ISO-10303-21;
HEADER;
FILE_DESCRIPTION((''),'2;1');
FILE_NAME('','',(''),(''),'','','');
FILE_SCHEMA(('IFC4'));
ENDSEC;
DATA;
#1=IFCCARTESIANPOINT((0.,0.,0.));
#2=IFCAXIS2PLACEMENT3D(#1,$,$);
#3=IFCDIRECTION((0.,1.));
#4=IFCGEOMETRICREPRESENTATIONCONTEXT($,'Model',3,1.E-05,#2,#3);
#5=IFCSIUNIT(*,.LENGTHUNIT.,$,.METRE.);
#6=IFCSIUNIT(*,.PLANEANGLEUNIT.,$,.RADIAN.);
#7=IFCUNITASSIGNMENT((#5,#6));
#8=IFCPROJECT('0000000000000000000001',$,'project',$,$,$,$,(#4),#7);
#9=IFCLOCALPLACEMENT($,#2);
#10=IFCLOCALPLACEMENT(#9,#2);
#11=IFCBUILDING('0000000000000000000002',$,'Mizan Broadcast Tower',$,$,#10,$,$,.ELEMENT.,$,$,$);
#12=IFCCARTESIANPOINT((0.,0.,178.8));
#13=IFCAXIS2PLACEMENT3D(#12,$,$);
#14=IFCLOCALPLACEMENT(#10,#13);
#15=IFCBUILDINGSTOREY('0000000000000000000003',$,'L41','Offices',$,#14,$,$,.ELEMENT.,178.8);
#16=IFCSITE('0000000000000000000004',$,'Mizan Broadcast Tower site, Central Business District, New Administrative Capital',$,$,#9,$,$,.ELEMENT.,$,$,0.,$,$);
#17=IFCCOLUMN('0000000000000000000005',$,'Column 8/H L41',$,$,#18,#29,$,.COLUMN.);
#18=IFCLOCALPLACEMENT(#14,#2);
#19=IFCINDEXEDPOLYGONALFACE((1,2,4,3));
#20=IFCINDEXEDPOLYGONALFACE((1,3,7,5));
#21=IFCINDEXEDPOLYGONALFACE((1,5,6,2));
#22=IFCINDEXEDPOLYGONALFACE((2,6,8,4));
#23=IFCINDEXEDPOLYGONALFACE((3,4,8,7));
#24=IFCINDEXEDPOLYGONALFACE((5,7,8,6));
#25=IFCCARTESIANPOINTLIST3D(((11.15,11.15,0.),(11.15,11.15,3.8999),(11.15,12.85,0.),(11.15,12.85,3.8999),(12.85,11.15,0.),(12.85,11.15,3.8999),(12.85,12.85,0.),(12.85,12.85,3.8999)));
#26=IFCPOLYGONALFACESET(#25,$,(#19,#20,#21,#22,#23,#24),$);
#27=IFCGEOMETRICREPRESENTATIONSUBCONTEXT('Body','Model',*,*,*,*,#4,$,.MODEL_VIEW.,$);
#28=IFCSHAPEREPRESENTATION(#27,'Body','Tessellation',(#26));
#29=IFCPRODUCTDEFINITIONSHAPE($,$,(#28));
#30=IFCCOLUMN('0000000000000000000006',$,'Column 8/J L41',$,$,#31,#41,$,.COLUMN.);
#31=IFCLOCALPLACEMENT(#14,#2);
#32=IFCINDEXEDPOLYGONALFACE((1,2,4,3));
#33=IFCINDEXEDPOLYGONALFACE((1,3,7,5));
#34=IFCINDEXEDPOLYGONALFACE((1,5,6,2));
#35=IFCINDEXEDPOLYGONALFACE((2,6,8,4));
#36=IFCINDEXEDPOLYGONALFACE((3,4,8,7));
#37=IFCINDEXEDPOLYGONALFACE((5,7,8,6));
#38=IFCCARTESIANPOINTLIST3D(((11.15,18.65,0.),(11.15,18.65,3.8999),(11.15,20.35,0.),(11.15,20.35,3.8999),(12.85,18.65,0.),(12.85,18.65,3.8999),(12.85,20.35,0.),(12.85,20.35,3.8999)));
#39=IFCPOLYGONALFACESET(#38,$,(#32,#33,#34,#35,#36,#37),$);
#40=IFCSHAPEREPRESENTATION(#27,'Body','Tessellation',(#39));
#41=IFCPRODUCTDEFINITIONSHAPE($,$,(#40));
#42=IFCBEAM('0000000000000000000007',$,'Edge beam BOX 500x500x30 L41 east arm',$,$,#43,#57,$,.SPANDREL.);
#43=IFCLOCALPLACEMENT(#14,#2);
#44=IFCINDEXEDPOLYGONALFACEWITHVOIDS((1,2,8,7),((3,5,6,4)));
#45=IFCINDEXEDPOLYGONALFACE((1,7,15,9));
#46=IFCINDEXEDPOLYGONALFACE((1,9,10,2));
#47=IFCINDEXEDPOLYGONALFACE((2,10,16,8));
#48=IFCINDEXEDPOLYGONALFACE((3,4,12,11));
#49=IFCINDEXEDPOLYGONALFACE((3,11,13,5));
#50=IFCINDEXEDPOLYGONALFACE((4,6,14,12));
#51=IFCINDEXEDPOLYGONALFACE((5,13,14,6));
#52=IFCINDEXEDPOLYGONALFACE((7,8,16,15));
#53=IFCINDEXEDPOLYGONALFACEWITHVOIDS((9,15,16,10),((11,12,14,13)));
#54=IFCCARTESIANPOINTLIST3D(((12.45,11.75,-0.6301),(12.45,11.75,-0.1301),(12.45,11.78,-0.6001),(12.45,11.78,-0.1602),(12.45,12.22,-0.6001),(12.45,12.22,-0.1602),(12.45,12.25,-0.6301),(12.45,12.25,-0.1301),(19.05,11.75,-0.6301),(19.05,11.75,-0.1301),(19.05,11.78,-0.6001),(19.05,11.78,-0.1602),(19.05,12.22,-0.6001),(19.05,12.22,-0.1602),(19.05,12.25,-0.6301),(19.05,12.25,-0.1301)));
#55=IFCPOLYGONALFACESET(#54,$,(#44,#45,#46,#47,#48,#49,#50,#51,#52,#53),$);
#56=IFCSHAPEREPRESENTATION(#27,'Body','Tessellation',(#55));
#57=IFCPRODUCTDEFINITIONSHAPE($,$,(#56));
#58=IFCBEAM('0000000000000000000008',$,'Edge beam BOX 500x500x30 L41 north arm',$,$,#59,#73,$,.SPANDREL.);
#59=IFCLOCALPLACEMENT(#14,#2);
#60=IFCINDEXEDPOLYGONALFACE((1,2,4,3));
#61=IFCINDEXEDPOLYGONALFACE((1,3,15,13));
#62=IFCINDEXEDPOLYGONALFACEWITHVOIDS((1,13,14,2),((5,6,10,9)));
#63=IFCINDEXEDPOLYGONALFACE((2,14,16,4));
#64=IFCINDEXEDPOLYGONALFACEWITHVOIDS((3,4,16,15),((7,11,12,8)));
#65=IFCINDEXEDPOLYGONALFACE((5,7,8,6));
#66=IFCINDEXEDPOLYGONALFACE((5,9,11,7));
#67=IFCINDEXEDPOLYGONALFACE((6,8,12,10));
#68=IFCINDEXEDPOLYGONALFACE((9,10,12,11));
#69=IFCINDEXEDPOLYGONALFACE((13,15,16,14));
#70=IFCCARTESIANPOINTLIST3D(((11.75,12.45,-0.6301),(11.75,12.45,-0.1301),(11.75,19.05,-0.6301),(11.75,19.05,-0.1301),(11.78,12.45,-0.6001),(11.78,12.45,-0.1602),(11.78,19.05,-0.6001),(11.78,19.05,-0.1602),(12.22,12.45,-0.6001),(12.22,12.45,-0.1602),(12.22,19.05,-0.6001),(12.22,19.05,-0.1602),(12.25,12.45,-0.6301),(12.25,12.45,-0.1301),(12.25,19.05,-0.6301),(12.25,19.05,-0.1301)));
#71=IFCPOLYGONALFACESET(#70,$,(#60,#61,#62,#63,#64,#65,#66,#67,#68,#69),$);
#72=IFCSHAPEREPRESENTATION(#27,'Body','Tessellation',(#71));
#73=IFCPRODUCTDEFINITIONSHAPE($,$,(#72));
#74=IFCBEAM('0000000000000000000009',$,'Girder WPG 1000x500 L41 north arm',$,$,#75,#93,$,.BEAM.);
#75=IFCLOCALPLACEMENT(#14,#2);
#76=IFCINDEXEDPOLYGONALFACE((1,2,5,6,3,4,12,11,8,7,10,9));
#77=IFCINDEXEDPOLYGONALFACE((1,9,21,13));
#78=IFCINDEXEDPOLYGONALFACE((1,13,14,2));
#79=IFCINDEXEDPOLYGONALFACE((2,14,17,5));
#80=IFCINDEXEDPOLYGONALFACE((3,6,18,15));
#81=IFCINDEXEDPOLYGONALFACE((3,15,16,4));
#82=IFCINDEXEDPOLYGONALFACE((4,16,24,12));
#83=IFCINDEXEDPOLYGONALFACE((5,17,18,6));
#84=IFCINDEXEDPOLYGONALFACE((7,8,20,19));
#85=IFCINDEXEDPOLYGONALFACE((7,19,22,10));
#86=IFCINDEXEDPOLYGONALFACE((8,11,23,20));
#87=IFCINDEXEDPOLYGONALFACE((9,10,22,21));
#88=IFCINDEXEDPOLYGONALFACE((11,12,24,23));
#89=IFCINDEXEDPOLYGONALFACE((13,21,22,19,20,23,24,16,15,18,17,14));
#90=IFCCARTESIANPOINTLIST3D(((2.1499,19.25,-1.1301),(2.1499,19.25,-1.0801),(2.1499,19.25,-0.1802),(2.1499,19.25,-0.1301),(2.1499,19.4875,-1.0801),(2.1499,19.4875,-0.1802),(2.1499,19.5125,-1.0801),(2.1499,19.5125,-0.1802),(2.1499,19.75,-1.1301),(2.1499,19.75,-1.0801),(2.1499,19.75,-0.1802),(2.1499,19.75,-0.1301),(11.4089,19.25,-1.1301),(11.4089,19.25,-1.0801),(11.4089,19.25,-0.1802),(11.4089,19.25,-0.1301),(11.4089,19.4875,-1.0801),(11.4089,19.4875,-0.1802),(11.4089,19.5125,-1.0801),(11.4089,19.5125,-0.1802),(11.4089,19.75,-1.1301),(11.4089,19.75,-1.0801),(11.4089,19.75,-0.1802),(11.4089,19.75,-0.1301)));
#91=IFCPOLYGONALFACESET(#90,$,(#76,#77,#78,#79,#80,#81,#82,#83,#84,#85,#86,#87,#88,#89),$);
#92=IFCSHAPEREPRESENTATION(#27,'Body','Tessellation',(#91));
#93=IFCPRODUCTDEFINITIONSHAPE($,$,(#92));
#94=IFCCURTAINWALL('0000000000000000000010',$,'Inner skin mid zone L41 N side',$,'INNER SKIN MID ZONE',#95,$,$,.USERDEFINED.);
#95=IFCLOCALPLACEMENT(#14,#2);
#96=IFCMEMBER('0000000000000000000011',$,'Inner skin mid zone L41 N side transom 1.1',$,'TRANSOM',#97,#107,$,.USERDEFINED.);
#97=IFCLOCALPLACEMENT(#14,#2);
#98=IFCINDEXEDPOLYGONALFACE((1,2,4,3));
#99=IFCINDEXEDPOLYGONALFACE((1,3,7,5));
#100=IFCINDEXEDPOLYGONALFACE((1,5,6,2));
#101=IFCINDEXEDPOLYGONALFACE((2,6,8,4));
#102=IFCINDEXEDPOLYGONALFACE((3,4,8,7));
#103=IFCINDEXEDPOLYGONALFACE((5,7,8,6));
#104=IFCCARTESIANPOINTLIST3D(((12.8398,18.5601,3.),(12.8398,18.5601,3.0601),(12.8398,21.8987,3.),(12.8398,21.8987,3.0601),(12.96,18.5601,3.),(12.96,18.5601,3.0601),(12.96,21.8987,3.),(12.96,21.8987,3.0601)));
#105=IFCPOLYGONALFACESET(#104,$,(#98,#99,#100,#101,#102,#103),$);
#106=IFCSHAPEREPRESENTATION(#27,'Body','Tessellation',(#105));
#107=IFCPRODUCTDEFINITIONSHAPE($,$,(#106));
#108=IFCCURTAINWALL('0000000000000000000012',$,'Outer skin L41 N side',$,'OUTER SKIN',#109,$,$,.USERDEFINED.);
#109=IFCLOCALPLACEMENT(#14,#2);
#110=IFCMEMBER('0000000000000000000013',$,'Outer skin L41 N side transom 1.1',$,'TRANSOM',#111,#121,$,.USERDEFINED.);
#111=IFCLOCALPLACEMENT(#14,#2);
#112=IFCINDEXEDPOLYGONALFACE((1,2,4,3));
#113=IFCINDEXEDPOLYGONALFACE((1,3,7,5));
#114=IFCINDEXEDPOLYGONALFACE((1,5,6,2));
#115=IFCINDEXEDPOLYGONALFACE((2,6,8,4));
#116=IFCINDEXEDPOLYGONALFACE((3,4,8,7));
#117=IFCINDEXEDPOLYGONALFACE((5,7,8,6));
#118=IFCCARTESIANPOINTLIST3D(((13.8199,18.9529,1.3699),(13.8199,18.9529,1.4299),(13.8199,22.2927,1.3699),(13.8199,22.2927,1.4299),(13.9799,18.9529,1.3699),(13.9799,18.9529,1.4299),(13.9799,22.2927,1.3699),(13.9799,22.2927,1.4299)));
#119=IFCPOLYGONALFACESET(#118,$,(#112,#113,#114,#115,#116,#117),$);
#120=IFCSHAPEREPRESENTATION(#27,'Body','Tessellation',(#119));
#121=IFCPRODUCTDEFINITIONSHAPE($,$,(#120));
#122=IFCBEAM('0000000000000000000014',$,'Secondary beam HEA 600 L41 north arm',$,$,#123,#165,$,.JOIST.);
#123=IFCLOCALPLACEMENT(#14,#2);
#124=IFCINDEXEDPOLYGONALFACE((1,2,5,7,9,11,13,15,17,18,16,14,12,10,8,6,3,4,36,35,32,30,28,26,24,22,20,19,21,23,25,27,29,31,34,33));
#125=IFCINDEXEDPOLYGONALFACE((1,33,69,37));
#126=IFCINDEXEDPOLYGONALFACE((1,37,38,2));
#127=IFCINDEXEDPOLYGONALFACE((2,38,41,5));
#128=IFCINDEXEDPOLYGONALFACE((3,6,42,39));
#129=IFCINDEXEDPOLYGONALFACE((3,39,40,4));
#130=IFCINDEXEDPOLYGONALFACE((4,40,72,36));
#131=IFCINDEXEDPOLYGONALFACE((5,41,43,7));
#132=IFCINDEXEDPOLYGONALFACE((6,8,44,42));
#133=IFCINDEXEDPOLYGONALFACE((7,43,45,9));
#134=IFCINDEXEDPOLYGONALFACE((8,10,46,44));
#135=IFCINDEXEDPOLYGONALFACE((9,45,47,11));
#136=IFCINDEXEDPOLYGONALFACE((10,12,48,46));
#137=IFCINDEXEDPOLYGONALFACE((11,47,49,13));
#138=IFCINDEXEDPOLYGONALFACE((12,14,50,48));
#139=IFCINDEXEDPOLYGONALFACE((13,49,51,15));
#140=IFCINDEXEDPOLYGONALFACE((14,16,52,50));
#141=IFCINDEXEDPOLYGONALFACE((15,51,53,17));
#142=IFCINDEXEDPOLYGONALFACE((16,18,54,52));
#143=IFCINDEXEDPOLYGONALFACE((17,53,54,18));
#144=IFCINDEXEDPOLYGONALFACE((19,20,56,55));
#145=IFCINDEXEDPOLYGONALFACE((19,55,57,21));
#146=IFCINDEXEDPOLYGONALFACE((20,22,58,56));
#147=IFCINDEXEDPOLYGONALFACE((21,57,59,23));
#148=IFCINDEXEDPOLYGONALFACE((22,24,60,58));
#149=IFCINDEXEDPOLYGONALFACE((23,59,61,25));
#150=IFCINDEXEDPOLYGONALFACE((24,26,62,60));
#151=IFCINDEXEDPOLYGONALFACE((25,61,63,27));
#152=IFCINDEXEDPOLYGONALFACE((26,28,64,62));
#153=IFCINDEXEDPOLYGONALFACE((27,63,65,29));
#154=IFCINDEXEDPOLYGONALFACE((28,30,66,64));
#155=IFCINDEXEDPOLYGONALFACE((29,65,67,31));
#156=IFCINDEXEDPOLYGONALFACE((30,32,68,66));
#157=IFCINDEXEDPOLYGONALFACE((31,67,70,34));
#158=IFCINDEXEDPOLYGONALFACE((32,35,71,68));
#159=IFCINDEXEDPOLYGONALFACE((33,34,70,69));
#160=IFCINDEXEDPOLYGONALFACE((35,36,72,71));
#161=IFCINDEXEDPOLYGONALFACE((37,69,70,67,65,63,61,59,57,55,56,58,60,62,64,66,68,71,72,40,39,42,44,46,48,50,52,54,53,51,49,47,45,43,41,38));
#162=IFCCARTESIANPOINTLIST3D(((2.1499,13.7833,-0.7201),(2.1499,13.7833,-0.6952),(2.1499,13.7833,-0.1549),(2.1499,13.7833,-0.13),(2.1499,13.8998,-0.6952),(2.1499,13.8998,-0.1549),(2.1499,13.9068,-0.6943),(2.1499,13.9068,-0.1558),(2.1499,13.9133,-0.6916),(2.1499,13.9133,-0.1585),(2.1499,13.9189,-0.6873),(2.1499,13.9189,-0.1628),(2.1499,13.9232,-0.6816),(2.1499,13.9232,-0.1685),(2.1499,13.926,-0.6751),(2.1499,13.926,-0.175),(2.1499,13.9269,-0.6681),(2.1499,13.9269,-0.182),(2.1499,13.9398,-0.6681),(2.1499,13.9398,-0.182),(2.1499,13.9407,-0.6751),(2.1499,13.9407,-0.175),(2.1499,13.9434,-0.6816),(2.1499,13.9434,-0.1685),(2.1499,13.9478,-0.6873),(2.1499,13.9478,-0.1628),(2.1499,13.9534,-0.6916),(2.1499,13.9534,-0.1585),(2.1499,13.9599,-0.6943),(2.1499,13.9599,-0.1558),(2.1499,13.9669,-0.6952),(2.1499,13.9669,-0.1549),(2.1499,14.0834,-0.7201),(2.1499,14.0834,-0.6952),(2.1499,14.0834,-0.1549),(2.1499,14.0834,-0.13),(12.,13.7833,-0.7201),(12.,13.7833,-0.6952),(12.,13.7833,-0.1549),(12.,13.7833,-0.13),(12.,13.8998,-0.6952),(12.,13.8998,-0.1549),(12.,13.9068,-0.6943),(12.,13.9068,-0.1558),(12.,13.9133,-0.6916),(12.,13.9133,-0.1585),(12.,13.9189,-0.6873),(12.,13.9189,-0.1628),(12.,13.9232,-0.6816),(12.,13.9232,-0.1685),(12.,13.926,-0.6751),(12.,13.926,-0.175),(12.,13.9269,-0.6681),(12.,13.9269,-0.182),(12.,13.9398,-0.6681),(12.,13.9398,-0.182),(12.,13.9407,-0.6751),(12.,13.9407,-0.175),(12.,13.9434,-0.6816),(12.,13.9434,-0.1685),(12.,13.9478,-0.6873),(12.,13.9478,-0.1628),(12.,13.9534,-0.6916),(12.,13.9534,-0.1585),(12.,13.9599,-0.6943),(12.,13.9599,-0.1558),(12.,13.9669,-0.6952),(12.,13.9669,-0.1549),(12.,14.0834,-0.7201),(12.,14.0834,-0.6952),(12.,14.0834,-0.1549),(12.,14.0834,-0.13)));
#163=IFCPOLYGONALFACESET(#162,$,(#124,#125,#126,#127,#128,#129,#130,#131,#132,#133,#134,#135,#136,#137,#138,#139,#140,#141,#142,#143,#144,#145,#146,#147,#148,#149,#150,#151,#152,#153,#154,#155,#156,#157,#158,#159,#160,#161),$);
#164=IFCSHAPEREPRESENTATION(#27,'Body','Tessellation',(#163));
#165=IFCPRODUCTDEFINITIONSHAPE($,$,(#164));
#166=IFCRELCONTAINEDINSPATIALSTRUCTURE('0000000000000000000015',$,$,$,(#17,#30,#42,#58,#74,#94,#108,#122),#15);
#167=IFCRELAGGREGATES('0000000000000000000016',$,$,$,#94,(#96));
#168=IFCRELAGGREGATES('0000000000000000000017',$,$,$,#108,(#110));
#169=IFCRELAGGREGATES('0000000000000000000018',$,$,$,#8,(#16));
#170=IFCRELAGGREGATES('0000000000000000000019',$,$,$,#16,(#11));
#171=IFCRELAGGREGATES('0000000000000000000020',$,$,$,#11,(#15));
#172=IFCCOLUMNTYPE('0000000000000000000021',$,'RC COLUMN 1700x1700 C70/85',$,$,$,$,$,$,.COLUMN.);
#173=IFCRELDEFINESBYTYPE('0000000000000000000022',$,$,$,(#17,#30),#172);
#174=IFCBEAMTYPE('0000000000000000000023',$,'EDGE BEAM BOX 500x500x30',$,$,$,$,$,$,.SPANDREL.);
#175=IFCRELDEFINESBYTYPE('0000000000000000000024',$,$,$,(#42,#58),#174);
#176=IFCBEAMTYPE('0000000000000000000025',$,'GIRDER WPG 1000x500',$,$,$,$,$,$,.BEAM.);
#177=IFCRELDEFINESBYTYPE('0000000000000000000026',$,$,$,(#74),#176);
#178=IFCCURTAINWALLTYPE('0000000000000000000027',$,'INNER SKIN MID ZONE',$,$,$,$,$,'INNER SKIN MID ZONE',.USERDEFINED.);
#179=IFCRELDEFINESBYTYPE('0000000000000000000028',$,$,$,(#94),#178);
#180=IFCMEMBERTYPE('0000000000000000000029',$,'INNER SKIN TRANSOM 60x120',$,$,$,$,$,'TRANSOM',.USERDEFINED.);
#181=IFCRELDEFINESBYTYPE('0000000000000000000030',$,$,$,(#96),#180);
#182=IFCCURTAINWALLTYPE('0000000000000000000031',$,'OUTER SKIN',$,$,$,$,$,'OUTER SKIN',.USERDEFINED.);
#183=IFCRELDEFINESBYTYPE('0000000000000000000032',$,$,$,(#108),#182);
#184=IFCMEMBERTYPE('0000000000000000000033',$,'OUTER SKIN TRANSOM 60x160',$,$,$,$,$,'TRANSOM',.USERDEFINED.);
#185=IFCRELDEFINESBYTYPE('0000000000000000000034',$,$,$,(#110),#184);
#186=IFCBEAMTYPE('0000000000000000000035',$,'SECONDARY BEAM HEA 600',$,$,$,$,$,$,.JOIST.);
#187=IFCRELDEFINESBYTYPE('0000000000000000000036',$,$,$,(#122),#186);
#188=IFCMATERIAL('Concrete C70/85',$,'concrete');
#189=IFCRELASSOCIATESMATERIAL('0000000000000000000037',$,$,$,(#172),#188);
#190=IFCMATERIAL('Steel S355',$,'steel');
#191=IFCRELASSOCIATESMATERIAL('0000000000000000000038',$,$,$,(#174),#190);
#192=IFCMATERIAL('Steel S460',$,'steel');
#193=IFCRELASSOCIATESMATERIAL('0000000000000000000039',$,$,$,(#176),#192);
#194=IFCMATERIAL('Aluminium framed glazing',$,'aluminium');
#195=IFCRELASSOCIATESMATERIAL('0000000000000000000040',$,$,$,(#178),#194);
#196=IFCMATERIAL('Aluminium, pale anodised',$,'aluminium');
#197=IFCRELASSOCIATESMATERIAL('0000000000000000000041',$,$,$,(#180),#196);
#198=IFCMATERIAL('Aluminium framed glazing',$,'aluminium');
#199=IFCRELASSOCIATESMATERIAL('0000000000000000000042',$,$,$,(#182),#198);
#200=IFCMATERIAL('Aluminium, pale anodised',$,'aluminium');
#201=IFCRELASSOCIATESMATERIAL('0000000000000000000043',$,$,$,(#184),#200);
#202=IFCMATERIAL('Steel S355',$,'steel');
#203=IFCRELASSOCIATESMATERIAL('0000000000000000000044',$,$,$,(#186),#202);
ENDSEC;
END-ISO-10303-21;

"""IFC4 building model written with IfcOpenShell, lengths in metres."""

from ifc_helpers import new_model, si_unit, direction, frame, origin, origin_2d, place, context, subcontext, project, spatial, rectangle, hollow_rectangle, i_section, extrude, material, material_profile, profile_set, type_object, element, aggregate, save


model = new_model("IFC4")

# Units and contexts
model_context = context("Model", 3, precision=1e-05, world=origin(), true_north=direction((0.0, 1.0)))
body_context = subcontext(model_context, "Body", "Model", "MODEL_VIEW")
ifc_project = project(units=[si_unit("LENGTHUNIT", "METRE"), si_unit("PLANEANGLEUNIT", "RADIAN")], contexts=[model_context])

# Site, building, storey
site_placement = place(None, origin())
site = spatial("IfcSite", under=ifc_project, at=site_placement, Name="Mizan Broadcast Tower site, Central Business District, New Administrative Capital", CompositionType="ELEMENT", RefElevation=0.0)
building_placement = place(site_placement, origin())
building = spatial("IfcBuilding", under=site, at=building_placement, Name="Mizan Broadcast Tower", CompositionType="ELEMENT")
storey_placement = place(building_placement, frame((0.0, 0.0, 178.8)))
storey = spatial("IfcBuildingStorey", under=building, at=storey_placement, Name="L41", Description="Offices", CompositionType="ELEMENT", Elevation=178.8)

# Columns
ifc_material_1 = material(Name="Concrete C70/85", Category="concrete")
ifc_material_profile_1 = material_profile(ifc_material_1, rectangle(XDim=1.7, YDim=1.7, at=origin_2d()), Name="RC 1700x1700")
ifc_profile_set_1 = profile_set([ifc_material_profile_1], Name="Concrete C70/85")
column_type = type_object("IfcColumnType", Name="RC COLUMN 1700x1700 C70/85", PredefinedType="COLUMN", material=ifc_profile_set_1)
for number, where, z_axis, x_axis, name in (
    (1, (12.0, 12.0, 0.0), (0.0, 0.0, 1.0), (1.0, 0.0, 0.0), "Column 8/H L41"),
    (2, (12.0, 19.5, 0.0), (0.0, 0.0, 1.0), (1.0, 0.0, 0.0), "Column 8/J L41"),
):
    element("IfcColumn", number, at=place(storey_placement, frame(where, z_axis=z_axis, x_axis=x_axis)), inside=storey, type_object=column_type, Name=name, PredefinedType="COLUMN", context=body_context, shape_type="SweptSolid", body=[
        extrude(rectangle(XDim=1.7, YDim=1.7, at=origin_2d()), origin(), (0.0, 0.0, 1.0), 3.8999),
    ])

# Beams
ifc_material_2 = material(Name="Steel S355", Category="steel")
ifc_material_profile_2 = material_profile(ifc_material_2, hollow_rectangle(XDim=0.5, YDim=0.5, WallThickness=0.03, at=origin_2d()), Name="BOX 500x500x30")
ifc_profile_set_2 = profile_set([ifc_material_profile_2], Name="Steel S355")
beam_type_1 = type_object("IfcBeamType", Name="EDGE BEAM BOX 500x500x30", PredefinedType="SPANDREL", material=ifc_profile_set_2)
for number, where, z_axis, x_axis, name in (
    (3, (12.45, 12.0, -0.3801), (1.0, 0.0, 0.0), (0.0, 1.0, 0.0), "Edge beam BOX 500x500x30 L41 east arm"),
    (4, (12.0, 12.45, -0.3801), (0.0, 1.0, 0.0), (-1.0, 0.0, 0.0), "Edge beam BOX 500x500x30 L41 north arm"),
):
    element("IfcBeam", number, at=place(storey_placement, frame(where, z_axis=z_axis, x_axis=x_axis)), inside=storey, type_object=beam_type_1, Name=name, PredefinedType="SPANDREL", context=body_context, shape_type="SweptSolid", body=[
        extrude(hollow_rectangle(XDim=0.5, YDim=0.5, WallThickness=0.03, at=origin_2d()), origin(), (0.0, 0.0, 1.0), 6.6001),
    ])
ifc_material_3 = material(Name="Steel S460", Category="steel")
ifc_material_profile_3 = material_profile(ifc_material_3, i_section(OverallWidth=0.5, OverallDepth=1.0, WebThickness=0.0249, FlangeThickness=0.05, at=origin_2d()), Name="WPG 1000x500")
ifc_profile_set_3 = profile_set([ifc_material_profile_3], Name="Steel S460")
beam_type_2 = type_object("IfcBeamType", Name="GIRDER WPG 1000x500", PredefinedType="BEAM", material=ifc_profile_set_3)
beam_1_placement = place(storey_placement, frame((11.4089, 19.5, -0.6301), z_axis=(-1.0, 0.0, 0.0), x_axis=(0.0, -1.0, 0.0)))
element("IfcBeam", 5, at=beam_1_placement, inside=storey, type_object=beam_type_2, Name="Girder WPG 1000x500 L41 north arm", PredefinedType="BEAM", context=body_context, shape_type="SweptSolid", body=[
    extrude(i_section(OverallWidth=0.5, OverallDepth=1.0, WebThickness=0.0249, FlangeThickness=0.05, at=origin_2d()), origin(), (0.0, 0.0, 1.0), 9.259),
])

# Curtain walls, members
ifc_material_4 = material(Name="Aluminium framed glazing", Category="aluminium")
curtain_wall_type_1 = type_object("IfcCurtainWallType", Name="INNER SKIN MID ZONE", ElementType="INNER SKIN MID ZONE", PredefinedType="USERDEFINED", material=ifc_material_4)
curtain_wall_1_placement = place(storey_placement, origin())
curtain_wall_1 = element("IfcCurtainWall", 6, at=curtain_wall_1_placement, inside=storey, type_object=curtain_wall_type_1, Name="Inner skin mid zone L41 N side", ObjectType="INNER SKIN MID ZONE", PredefinedType="USERDEFINED")
ifc_material_5 = material(Name="Aluminium, pale anodised", Category="aluminium")
ifc_material_profile_4 = material_profile(ifc_material_5, rectangle(XDim=0.1201, YDim=0.0601, at=origin_2d()), Name="TRANSOM 120x60")
ifc_profile_set_4 = profile_set([ifc_material_profile_4], Name="Aluminium, pale anodised")
member_type_1 = type_object("IfcMemberType", Name="INNER SKIN TRANSOM 60x120", ElementType="TRANSOM", PredefinedType="USERDEFINED", material=ifc_profile_set_4)
member_1_placement = place(storey_placement, frame((12.8999, 18.5601, 3.03), z_axis=(0.0, 1.0, 0.0), x_axis=(-1.0, 0.0, 0.0)))
member_1 = element("IfcMember", 7, at=member_1_placement, type_object=member_type_1, Name="Inner skin mid zone L41 N side transom 1.1", ObjectType="TRANSOM", PredefinedType="USERDEFINED", context=body_context, shape_type="SweptSolid", body=[
    extrude(rectangle(XDim=0.1201, YDim=0.0601, at=origin_2d()), origin(), (0.0, 0.0, 1.0), 3.3386),
])
aggregate(curtain_wall_1, [member_1])
ifc_material_6 = material(Name="Aluminium framed glazing", Category="aluminium")
curtain_wall_type_2 = type_object("IfcCurtainWallType", Name="OUTER SKIN", ElementType="OUTER SKIN", PredefinedType="USERDEFINED", material=ifc_material_6)
curtain_wall_2_placement = place(storey_placement, origin())
curtain_wall_2 = element("IfcCurtainWall", 8, at=curtain_wall_2_placement, inside=storey, type_object=curtain_wall_type_2, Name="Outer skin L41 N side", ObjectType="OUTER SKIN", PredefinedType="USERDEFINED")
ifc_material_7 = material(Name="Aluminium, pale anodised", Category="aluminium")
ifc_material_profile_5 = material_profile(ifc_material_7, rectangle(XDim=0.1599, YDim=0.0601, at=origin_2d()), Name="TRANSOM 160x60")
ifc_profile_set_5 = profile_set([ifc_material_profile_5], Name="Aluminium, pale anodised")
member_type_2 = type_object("IfcMemberType", Name="OUTER SKIN TRANSOM 60x160", ElementType="TRANSOM", PredefinedType="USERDEFINED", material=ifc_profile_set_5)
member_2_placement = place(storey_placement, frame((13.8999, 18.9529, 1.3999), z_axis=(0.0, 1.0, 0.0), x_axis=(-1.0, 0.0, 0.0)))
member_2 = element("IfcMember", 9, at=member_2_placement, type_object=member_type_2, Name="Outer skin L41 N side transom 1.1", ObjectType="TRANSOM", PredefinedType="USERDEFINED", context=body_context, shape_type="SweptSolid", body=[
    extrude(rectangle(XDim=0.1599, YDim=0.0601, at=origin_2d()), origin(), (0.0, 0.0, 1.0), 3.3398),
])
aggregate(curtain_wall_2, [member_2])

# Beam
ifc_material_8 = material(Name="Steel S355", Category="steel")
ifc_material_profile_6 = material_profile(ifc_material_8, i_section(OverallWidth=0.3, OverallDepth=0.5901, WebThickness=0.0129, FlangeThickness=0.0249, FilletRadius=0.0271, at=origin_2d()), Name="HEA 600")
ifc_profile_set_6 = profile_set([ifc_material_profile_6], Name="Steel S355")
beam_type_3 = type_object("IfcBeamType", Name="SECONDARY BEAM HEA 600", PredefinedType="JOIST", material=ifc_profile_set_6)
for number, where, z_axis, x_axis, name in (
    (10, (12.0, 13.9333, -0.425), (-1.0, 0.0, 0.0), (0.0, -1.0, 0.0), "Secondary beam HEA 600 L41 north arm"),
):
    element("IfcBeam", number, at=place(storey_placement, frame(where, z_axis=z_axis, x_axis=x_axis)), inside=storey, type_object=beam_type_3, Name=name, PredefinedType="JOIST", context=body_context, shape_type="SweptSolid", body=[
        extrude(i_section(OverallWidth=0.3, OverallDepth=0.5901, WebThickness=0.0129, FlangeThickness=0.0249, FilletRadius=0.0271, at=origin_2d()), origin(), (0.0, 0.0, 1.0), 9.8501),
    ])

save(model, "model.ifc")
